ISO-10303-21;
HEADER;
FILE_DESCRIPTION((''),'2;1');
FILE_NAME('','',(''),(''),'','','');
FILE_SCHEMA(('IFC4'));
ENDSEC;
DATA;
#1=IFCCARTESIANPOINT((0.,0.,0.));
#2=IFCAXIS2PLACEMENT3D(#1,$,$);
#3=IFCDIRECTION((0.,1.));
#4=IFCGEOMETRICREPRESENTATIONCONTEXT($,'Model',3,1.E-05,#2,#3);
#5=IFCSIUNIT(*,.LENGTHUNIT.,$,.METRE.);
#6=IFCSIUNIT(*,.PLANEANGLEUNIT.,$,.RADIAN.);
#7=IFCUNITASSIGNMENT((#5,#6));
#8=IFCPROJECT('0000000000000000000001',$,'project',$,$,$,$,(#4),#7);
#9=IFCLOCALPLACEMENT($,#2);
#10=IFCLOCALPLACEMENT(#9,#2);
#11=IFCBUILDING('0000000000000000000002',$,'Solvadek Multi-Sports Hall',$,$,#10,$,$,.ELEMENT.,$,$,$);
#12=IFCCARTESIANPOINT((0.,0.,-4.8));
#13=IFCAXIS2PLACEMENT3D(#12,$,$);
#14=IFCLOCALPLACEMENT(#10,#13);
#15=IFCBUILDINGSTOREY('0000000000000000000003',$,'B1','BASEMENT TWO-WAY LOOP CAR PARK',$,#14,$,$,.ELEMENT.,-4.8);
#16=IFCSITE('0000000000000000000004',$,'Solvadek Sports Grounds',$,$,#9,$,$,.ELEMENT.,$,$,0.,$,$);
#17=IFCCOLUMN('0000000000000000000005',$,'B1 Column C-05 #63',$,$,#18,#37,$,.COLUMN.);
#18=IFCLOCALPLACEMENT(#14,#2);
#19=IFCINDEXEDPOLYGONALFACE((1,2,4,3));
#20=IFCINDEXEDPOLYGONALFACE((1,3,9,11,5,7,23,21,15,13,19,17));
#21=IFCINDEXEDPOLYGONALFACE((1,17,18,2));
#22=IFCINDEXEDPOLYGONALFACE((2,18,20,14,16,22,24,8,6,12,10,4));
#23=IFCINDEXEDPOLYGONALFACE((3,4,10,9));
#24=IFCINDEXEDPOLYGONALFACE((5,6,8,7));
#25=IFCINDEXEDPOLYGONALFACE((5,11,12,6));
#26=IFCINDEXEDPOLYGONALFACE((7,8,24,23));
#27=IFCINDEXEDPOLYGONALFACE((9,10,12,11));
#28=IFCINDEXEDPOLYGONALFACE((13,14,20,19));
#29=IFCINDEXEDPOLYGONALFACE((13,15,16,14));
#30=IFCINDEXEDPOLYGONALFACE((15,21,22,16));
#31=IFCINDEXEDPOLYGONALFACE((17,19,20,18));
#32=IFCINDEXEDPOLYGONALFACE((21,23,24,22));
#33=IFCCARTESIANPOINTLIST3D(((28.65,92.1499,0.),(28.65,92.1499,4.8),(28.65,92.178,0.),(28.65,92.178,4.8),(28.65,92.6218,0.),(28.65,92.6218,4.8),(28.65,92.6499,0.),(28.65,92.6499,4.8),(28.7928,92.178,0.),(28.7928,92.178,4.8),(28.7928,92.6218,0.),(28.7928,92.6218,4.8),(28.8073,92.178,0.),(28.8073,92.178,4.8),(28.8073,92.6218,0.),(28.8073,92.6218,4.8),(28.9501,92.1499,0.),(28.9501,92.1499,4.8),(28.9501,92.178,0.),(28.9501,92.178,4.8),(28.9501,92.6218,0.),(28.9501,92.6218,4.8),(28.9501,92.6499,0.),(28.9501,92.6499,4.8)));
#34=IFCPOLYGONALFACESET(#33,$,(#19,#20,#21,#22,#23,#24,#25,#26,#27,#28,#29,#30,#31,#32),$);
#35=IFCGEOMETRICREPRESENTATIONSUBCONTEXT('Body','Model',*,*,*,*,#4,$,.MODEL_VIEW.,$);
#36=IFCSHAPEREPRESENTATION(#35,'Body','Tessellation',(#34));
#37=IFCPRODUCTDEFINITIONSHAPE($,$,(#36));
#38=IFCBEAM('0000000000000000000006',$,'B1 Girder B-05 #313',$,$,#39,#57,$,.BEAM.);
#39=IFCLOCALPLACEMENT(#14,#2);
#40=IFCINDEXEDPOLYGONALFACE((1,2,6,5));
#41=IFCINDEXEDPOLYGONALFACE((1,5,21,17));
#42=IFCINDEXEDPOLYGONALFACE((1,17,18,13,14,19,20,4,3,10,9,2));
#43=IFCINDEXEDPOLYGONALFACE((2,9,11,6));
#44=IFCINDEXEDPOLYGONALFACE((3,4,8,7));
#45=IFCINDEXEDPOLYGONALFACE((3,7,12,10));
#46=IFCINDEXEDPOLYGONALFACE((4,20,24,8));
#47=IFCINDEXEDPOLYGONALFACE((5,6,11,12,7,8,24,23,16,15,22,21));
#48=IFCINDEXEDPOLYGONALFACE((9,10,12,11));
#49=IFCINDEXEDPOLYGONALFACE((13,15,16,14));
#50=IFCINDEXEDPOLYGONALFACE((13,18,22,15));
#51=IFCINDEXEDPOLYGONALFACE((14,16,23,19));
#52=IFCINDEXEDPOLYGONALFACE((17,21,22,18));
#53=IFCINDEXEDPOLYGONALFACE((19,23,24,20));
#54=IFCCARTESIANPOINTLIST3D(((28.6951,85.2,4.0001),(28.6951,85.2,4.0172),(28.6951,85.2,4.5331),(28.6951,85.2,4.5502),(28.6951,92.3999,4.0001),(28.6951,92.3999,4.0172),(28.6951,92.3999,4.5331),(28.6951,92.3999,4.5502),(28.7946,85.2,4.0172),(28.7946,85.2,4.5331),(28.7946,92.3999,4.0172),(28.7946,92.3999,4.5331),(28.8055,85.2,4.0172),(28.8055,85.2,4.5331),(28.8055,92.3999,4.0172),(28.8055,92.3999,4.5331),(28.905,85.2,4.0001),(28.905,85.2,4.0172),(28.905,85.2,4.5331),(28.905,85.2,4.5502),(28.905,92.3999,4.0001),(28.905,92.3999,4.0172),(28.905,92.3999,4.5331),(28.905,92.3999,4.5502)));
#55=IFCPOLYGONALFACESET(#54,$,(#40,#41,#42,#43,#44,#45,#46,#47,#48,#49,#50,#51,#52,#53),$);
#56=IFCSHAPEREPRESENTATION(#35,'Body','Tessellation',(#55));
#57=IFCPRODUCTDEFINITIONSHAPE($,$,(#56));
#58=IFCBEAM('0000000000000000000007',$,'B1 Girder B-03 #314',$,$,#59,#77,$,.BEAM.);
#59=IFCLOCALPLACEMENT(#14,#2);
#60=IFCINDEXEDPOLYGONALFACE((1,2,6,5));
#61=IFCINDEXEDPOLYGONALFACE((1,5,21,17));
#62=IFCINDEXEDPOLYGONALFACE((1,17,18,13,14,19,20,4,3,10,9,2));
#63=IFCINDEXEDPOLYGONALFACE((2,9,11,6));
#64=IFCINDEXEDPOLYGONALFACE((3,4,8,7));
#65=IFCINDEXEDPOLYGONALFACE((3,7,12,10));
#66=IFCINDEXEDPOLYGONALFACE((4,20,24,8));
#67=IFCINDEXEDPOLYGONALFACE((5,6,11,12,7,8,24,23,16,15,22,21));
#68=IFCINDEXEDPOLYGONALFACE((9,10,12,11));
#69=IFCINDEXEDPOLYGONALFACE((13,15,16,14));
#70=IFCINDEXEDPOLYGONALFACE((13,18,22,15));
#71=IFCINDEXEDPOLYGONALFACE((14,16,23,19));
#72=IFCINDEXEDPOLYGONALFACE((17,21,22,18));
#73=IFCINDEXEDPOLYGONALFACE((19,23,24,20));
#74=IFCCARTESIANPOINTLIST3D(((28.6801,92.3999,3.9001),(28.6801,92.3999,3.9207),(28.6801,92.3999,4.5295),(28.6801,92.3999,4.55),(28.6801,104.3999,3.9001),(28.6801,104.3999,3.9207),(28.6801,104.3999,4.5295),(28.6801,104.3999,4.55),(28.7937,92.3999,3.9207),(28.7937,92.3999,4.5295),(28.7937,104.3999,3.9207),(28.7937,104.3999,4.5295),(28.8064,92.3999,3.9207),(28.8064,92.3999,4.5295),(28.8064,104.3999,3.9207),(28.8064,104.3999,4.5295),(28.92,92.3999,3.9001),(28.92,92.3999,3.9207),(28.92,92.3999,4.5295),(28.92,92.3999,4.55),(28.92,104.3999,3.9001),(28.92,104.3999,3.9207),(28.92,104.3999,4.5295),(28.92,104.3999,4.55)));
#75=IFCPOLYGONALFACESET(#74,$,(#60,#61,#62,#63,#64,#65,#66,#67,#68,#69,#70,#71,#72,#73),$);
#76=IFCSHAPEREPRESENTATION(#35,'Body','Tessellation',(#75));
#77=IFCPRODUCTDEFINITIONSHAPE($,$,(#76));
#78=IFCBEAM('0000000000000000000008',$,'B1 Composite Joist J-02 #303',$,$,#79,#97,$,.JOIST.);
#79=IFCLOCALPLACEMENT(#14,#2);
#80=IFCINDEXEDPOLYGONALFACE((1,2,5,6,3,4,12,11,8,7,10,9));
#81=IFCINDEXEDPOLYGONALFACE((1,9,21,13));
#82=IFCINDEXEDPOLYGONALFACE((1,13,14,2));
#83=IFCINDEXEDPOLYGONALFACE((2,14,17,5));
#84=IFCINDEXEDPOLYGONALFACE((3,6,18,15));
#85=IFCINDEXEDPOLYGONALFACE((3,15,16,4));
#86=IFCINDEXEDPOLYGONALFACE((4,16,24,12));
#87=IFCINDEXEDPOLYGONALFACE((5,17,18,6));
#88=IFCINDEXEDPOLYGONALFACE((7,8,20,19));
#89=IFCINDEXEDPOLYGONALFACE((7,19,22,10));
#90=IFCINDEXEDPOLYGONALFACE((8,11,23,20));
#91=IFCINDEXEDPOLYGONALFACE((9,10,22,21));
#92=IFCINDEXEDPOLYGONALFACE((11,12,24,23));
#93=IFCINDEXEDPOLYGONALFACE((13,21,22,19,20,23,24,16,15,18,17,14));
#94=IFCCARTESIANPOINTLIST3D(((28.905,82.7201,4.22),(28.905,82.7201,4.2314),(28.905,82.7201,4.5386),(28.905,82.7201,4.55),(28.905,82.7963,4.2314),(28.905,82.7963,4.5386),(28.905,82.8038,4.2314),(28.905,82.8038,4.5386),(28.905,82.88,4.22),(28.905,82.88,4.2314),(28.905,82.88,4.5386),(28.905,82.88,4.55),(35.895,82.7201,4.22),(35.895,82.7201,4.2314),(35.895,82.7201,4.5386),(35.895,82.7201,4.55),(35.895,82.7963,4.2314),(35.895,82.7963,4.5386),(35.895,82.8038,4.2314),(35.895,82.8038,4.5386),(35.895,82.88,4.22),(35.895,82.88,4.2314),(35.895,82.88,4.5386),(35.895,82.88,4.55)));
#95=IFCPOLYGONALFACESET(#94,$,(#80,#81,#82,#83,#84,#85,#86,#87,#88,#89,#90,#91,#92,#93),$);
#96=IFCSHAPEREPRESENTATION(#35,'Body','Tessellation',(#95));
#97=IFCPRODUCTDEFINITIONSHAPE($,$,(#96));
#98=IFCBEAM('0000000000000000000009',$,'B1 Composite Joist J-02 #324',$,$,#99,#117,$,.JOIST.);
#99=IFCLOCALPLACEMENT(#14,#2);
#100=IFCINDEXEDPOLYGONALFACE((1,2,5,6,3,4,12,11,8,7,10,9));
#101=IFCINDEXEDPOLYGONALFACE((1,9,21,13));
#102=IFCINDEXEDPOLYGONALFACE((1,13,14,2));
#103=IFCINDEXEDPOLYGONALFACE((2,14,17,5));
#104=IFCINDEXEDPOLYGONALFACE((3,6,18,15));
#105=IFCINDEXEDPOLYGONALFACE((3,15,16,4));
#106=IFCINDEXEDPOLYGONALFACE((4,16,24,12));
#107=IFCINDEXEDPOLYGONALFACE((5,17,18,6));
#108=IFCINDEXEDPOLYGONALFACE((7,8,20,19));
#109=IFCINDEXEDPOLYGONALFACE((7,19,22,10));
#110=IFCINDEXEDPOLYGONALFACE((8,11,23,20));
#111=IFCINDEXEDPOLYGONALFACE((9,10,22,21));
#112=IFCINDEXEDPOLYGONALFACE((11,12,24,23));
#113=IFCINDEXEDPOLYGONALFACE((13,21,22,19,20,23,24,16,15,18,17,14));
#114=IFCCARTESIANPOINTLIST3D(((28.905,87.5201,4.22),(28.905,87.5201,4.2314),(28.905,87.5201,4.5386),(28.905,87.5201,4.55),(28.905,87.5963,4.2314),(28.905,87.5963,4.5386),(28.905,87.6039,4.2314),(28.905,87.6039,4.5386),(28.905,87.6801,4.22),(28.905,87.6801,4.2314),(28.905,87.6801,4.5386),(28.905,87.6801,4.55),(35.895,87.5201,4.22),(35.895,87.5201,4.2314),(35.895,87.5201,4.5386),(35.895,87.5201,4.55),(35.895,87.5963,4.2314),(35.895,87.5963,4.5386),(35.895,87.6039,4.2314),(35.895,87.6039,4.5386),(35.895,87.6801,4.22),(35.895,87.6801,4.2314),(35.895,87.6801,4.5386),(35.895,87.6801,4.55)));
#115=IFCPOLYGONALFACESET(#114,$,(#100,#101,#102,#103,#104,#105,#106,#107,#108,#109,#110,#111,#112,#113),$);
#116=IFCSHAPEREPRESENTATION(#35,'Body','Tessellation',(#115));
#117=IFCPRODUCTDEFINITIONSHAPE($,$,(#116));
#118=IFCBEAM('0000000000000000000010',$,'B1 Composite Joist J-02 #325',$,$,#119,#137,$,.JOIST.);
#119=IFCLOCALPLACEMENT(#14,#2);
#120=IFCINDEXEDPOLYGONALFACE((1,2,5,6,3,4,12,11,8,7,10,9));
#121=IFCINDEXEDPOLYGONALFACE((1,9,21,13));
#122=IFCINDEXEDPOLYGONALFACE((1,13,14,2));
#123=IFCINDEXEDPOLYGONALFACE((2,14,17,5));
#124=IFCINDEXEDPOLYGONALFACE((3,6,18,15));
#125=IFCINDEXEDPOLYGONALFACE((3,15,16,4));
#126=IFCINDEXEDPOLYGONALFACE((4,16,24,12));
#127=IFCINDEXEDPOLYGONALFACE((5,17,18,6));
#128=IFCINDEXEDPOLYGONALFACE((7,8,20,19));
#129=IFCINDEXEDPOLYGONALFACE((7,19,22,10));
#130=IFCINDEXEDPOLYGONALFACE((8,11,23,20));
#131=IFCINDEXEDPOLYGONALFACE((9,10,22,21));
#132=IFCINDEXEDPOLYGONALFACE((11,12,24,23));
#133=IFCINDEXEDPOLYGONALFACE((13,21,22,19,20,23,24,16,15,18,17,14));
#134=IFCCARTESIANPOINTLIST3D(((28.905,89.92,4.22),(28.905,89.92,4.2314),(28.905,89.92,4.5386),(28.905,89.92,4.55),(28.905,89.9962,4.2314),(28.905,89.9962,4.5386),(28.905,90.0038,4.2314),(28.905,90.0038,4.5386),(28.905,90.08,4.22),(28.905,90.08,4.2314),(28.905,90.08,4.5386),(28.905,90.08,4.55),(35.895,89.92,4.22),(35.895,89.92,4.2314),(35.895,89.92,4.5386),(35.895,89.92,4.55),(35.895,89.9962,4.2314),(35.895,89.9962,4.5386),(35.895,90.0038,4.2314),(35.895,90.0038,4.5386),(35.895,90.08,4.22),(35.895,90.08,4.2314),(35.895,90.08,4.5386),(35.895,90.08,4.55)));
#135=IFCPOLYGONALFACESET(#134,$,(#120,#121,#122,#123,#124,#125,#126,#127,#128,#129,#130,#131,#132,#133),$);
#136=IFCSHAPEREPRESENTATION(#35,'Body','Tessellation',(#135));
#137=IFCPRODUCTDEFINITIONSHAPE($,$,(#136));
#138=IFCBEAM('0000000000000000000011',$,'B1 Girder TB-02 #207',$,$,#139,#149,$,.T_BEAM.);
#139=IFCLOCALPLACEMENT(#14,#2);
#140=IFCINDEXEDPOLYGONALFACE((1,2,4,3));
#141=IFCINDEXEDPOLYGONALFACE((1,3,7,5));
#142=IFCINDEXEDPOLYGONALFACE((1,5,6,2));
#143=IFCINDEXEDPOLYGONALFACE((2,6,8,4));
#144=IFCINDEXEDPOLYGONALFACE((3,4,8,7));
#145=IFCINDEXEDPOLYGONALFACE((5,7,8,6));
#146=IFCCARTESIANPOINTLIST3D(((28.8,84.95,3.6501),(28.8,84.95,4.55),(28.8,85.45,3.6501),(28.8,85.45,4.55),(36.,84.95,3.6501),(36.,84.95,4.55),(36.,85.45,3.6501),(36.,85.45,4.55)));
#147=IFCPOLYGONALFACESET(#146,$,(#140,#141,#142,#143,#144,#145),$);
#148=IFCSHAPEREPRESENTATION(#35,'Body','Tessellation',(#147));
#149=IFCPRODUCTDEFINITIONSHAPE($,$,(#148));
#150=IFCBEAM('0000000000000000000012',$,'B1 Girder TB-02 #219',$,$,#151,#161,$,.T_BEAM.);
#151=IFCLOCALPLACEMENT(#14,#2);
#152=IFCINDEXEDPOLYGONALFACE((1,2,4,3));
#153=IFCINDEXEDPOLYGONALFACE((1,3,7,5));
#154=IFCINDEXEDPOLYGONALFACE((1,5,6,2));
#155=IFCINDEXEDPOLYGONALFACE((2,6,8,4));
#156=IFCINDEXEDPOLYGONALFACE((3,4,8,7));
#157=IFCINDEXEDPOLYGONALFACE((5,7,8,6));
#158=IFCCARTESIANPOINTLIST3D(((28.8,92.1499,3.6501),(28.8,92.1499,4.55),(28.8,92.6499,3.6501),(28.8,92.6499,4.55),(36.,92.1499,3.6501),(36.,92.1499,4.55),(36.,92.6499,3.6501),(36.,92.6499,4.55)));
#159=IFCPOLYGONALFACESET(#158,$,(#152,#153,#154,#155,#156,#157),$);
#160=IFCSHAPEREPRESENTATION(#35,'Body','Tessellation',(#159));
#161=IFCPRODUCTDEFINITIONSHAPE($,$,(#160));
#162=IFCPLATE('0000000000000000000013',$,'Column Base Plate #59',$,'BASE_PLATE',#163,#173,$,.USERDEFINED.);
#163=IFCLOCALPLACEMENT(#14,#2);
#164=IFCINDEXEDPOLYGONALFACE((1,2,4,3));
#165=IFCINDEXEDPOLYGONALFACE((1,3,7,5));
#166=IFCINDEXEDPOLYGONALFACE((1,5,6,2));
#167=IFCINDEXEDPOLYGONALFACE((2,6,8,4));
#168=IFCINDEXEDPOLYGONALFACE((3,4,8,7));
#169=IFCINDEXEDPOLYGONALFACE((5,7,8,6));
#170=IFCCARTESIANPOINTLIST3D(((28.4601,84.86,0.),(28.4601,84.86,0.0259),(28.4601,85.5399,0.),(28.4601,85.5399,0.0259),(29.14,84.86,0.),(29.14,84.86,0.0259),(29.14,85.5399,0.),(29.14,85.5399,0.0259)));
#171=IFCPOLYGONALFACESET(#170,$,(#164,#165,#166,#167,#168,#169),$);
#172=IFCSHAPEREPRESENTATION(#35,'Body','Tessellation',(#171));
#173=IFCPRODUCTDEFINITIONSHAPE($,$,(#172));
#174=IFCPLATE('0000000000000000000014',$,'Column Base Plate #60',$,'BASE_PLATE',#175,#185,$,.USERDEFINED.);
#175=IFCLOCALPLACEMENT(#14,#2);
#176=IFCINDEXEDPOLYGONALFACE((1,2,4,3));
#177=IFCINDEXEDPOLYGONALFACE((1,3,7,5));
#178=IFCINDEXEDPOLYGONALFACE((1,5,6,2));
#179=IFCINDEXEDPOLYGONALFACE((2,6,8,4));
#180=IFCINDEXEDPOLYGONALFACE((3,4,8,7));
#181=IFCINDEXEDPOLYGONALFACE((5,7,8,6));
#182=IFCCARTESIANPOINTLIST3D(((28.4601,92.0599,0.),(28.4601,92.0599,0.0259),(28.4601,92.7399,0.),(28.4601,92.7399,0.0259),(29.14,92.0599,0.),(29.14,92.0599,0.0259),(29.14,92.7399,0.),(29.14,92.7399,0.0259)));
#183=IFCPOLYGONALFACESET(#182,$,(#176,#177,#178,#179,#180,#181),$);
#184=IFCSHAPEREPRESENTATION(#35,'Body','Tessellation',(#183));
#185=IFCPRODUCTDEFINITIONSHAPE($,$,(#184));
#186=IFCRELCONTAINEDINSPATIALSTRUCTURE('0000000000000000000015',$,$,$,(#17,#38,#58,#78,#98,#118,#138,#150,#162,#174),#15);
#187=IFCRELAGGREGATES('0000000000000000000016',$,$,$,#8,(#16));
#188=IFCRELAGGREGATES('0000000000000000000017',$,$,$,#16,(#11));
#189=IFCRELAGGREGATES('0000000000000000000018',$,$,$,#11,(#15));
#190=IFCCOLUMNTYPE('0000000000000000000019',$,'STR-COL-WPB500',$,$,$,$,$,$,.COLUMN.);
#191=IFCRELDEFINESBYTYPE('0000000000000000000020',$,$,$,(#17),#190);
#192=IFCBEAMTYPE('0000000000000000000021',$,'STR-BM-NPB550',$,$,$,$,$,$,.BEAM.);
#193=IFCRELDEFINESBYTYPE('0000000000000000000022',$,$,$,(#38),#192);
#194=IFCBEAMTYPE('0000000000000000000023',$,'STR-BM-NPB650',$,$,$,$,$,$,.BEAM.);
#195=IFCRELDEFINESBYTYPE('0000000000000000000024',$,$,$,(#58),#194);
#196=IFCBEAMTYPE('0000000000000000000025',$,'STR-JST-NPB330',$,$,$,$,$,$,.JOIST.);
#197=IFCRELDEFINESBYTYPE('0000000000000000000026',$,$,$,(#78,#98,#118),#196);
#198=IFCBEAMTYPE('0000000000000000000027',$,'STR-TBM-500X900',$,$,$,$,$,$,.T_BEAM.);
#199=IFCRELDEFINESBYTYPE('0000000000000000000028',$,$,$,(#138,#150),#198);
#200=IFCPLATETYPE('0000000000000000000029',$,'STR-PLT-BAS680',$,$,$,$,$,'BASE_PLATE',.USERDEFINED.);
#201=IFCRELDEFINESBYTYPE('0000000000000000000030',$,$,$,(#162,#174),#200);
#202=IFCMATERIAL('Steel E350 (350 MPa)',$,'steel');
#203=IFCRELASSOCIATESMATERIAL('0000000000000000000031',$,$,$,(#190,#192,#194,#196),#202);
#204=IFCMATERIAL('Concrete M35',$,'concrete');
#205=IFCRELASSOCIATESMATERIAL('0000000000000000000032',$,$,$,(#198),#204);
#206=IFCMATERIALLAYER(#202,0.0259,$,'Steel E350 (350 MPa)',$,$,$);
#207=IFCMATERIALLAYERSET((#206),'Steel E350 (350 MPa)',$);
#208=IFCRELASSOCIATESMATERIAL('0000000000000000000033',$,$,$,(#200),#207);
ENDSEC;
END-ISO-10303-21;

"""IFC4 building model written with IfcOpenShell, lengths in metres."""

from ifc_helpers import new_model, si_unit, direction, frame, origin, origin_2d, place, context, subcontext, project, spatial, rectangle, i_section, extrude, material, layer, layer_set, material_profile, profile_set, type_object, element, save


model = new_model("IFC4")

# Units and contexts
model_context = context("Model", 3, precision=1e-05, world=origin(), true_north=direction((0.0, 1.0)))
body_context = subcontext(model_context, "Body", "Model", "MODEL_VIEW")
ifc_project = project(units=[si_unit("LENGTHUNIT", "METRE"), si_unit("PLANEANGLEUNIT", "RADIAN")], contexts=[model_context])

# Site, building, storey
site_placement = place(None, origin())
site = spatial("IfcSite", under=ifc_project, at=site_placement, Name="Solvadek Sports Grounds", CompositionType="ELEMENT", RefElevation=0.0)
building_placement = place(site_placement, origin())
building = spatial("IfcBuilding", under=site, at=building_placement, Name="Solvadek Multi-Sports Hall", CompositionType="ELEMENT")
storey_placement = place(building_placement, frame((0.0, 0.0, -4.8)))
storey = spatial("IfcBuildingStorey", under=building, at=storey_placement, Name="B1", Description="BASEMENT TWO-WAY LOOP CAR PARK", CompositionType="ELEMENT", Elevation=-4.8)

# Shared definitions
ifc_material_1 = material(Name="Concrete M35", Category="concrete")

# Column
ifc_material_2 = material(Name="Steel E350 (350 MPa)", Category="steel")
ifc_material_profile_1 = material_profile(ifc_material_2, i_section(OverallWidth=0.3, OverallDepth=0.5, WebThickness=0.0144, FlangeThickness=0.0281, at=origin_2d()), Name="WPB 500")
ifc_profile_set_1 = profile_set([ifc_material_profile_1], Name="Steel E350 (350 MPa)")
column_type = type_object("IfcColumnType", Name="STR-COL-WPB500", PredefinedType="COLUMN", material=ifc_profile_set_1)
for number, where, z_axis, x_axis, name in (
    (1, (28.8, 92.3999, 0.0), (0.0, 0.0, 1.0), (1.0, 0.0, 0.0), "B1 Column C-05 #63"),
):
    element("IfcColumn", number, at=place(storey_placement, frame(where, z_axis=z_axis, x_axis=x_axis)), inside=storey, type_object=column_type, Name=name, PredefinedType="COLUMN", context=body_context, shape_type="SweptSolid", body=[
        extrude(i_section(OverallWidth=0.3, OverallDepth=0.5, WebThickness=0.0144, FlangeThickness=0.0281, at=origin_2d()), origin(), (0.0, 0.0, 1.0), 4.8),
    ])

# Beams
ifc_material_profile_2 = material_profile(ifc_material_2, i_section(OverallWidth=0.21, OverallDepth=0.55, WebThickness=0.011, FlangeThickness=0.0171, at=origin_2d()), Name="NPB 550")
ifc_profile_set_2 = profile_set([ifc_material_profile_2], Name="Steel E350 (350 MPa)")
beam_type_1 = type_object("IfcBeamType", Name="STR-BM-NPB550", PredefinedType="BEAM", material=ifc_profile_set_2)
beam_1_placement = place(storey_placement, frame((28.8, 85.2, 4.2751), z_axis=(0.0, 1.0, 0.0), x_axis=(-1.0, 0.0, 0.0)))
element("IfcBeam", 2, at=beam_1_placement, inside=storey, type_object=beam_type_1, Name="B1 Girder B-05 #313", PredefinedType="BEAM", context=body_context, shape_type="SweptSolid", body=[
    extrude(i_section(OverallWidth=0.21, OverallDepth=0.55, WebThickness=0.011, FlangeThickness=0.0171, at=origin_2d()), origin(), (0.0, 0.0, 1.0), 7.2),
])
ifc_material_profile_3 = material_profile(ifc_material_2, i_section(OverallWidth=0.24, OverallDepth=0.6499, WebThickness=0.0127, FlangeThickness=0.0205, at=origin_2d()), Name="NPB 650")
ifc_profile_set_3 = profile_set([ifc_material_profile_3], Name="Steel E350 (350 MPa)")
beam_type_2 = type_object("IfcBeamType", Name="STR-BM-NPB650", PredefinedType="BEAM", material=ifc_profile_set_3)
beam_2_placement = place(storey_placement, frame((28.8, 92.3999, 4.2251), z_axis=(0.0, 1.0, 0.0), x_axis=(-1.0, 0.0, 0.0)))
element("IfcBeam", 3, at=beam_2_placement, inside=storey, type_object=beam_type_2, Name="B1 Girder B-03 #314", PredefinedType="BEAM", context=body_context, shape_type="SweptSolid", body=[
    extrude(i_section(OverallWidth=0.24, OverallDepth=0.6499, WebThickness=0.0127, FlangeThickness=0.0205, at=origin_2d()), origin(), (0.0, 0.0, 1.0), 12.0),
])
ifc_material_profile_4 = material_profile(ifc_material_2, i_section(OverallWidth=0.1599, OverallDepth=0.3301, WebThickness=0.0076, FlangeThickness=0.0115, at=origin_2d()), Name="NPB 330")
ifc_profile_set_4 = profile_set([ifc_material_profile_4], Name="Steel E350 (350 MPa)")
beam_type_3 = type_object("IfcBeamType", Name="STR-JST-NPB330", PredefinedType="JOIST", material=ifc_profile_set_4)
for number, where, z_axis, x_axis, name in (
    (4, (28.905, 82.8, 4.385), (1.0, 0.0, 0.0), (0.0, 1.0, 0.0), "B1 Composite Joist J-02 #303"),
    (5, (28.905, 87.6001, 4.385), (1.0, 0.0, 0.0), (0.0, 1.0, 0.0), "B1 Composite Joist J-02 #324"),
    (6, (28.905, 90.0, 4.385), (1.0, 0.0, 0.0), (0.0, 1.0, 0.0), "B1 Composite Joist J-02 #325"),
):
    element("IfcBeam", number, at=place(storey_placement, frame(where, z_axis=z_axis, x_axis=x_axis)), inside=storey, type_object=beam_type_3, Name=name, PredefinedType="JOIST", context=body_context, shape_type="SweptSolid", body=[
        extrude(i_section(OverallWidth=0.1599, OverallDepth=0.3301, WebThickness=0.0076, FlangeThickness=0.0115, at=origin_2d()), origin(), (0.0, 0.0, 1.0), 6.99),
    ])
ifc_material_profile_5 = material_profile(ifc_material_1, rectangle(XDim=0.5, YDim=0.8999, at=origin_2d()), Name="RC T-BEAM 500x900")
ifc_profile_set_5 = profile_set([ifc_material_profile_5], Name="Concrete M35")
beam_type_4 = type_object("IfcBeamType", Name="STR-TBM-500X900", PredefinedType="T_BEAM", material=ifc_profile_set_5)
for number, where, z_axis, x_axis, name in (
    (7, (28.8, 85.2, 4.1001), (1.0, 0.0, 0.0), (0.0, 1.0, 0.0), "B1 Girder TB-02 #207"),
    (8, (28.8, 92.3999, 4.1001), (1.0, 0.0, 0.0), (0.0, 1.0, 0.0), "B1 Girder TB-02 #219"),
):
    element("IfcBeam", number, at=place(storey_placement, frame(where, z_axis=z_axis, x_axis=x_axis)), inside=storey, type_object=beam_type_4, Name=name, PredefinedType="T_BEAM", context=body_context, shape_type="SweptSolid", body=[
        extrude(rectangle(XDim=0.5, YDim=0.8999, at=origin_2d()), origin(), (0.0, 0.0, 1.0), 7.2),
    ])

# Plates
ifc_layer_1 = layer(ifc_material_2, 0.0259, Name="Steel E350 (350 MPa)")
ifc_layer_set_1 = layer_set([ifc_layer_1], Name="Steel E350 (350 MPa)")
plate_type = type_object("IfcPlateType", Name="STR-PLT-BAS680", ElementType="BASE_PLATE", PredefinedType="USERDEFINED", material=ifc_layer_set_1)
for number, where, z_axis, x_axis, name in (
    (9, (28.8, 85.2, 0.0), (0.0, 0.0, 1.0), (1.0, 0.0, 0.0), "Column Base Plate #59"),
    (10, (28.8, 92.3999, 0.0), (0.0, 0.0, 1.0), (1.0, 0.0, 0.0), "Column Base Plate #60"),
):
    element("IfcPlate", number, at=place(storey_placement, frame(where, z_axis=z_axis, x_axis=x_axis)), inside=storey, type_object=plate_type, Name=name, ObjectType="BASE_PLATE", PredefinedType="USERDEFINED", context=body_context, shape_type="SweptSolid", body=[
        extrude(rectangle(XDim=0.6799, YDim=0.6799, at=origin_2d()), origin(), (0.0, 0.0, 1.0), 0.0259),
    ])

save(model, "model.ifc")
